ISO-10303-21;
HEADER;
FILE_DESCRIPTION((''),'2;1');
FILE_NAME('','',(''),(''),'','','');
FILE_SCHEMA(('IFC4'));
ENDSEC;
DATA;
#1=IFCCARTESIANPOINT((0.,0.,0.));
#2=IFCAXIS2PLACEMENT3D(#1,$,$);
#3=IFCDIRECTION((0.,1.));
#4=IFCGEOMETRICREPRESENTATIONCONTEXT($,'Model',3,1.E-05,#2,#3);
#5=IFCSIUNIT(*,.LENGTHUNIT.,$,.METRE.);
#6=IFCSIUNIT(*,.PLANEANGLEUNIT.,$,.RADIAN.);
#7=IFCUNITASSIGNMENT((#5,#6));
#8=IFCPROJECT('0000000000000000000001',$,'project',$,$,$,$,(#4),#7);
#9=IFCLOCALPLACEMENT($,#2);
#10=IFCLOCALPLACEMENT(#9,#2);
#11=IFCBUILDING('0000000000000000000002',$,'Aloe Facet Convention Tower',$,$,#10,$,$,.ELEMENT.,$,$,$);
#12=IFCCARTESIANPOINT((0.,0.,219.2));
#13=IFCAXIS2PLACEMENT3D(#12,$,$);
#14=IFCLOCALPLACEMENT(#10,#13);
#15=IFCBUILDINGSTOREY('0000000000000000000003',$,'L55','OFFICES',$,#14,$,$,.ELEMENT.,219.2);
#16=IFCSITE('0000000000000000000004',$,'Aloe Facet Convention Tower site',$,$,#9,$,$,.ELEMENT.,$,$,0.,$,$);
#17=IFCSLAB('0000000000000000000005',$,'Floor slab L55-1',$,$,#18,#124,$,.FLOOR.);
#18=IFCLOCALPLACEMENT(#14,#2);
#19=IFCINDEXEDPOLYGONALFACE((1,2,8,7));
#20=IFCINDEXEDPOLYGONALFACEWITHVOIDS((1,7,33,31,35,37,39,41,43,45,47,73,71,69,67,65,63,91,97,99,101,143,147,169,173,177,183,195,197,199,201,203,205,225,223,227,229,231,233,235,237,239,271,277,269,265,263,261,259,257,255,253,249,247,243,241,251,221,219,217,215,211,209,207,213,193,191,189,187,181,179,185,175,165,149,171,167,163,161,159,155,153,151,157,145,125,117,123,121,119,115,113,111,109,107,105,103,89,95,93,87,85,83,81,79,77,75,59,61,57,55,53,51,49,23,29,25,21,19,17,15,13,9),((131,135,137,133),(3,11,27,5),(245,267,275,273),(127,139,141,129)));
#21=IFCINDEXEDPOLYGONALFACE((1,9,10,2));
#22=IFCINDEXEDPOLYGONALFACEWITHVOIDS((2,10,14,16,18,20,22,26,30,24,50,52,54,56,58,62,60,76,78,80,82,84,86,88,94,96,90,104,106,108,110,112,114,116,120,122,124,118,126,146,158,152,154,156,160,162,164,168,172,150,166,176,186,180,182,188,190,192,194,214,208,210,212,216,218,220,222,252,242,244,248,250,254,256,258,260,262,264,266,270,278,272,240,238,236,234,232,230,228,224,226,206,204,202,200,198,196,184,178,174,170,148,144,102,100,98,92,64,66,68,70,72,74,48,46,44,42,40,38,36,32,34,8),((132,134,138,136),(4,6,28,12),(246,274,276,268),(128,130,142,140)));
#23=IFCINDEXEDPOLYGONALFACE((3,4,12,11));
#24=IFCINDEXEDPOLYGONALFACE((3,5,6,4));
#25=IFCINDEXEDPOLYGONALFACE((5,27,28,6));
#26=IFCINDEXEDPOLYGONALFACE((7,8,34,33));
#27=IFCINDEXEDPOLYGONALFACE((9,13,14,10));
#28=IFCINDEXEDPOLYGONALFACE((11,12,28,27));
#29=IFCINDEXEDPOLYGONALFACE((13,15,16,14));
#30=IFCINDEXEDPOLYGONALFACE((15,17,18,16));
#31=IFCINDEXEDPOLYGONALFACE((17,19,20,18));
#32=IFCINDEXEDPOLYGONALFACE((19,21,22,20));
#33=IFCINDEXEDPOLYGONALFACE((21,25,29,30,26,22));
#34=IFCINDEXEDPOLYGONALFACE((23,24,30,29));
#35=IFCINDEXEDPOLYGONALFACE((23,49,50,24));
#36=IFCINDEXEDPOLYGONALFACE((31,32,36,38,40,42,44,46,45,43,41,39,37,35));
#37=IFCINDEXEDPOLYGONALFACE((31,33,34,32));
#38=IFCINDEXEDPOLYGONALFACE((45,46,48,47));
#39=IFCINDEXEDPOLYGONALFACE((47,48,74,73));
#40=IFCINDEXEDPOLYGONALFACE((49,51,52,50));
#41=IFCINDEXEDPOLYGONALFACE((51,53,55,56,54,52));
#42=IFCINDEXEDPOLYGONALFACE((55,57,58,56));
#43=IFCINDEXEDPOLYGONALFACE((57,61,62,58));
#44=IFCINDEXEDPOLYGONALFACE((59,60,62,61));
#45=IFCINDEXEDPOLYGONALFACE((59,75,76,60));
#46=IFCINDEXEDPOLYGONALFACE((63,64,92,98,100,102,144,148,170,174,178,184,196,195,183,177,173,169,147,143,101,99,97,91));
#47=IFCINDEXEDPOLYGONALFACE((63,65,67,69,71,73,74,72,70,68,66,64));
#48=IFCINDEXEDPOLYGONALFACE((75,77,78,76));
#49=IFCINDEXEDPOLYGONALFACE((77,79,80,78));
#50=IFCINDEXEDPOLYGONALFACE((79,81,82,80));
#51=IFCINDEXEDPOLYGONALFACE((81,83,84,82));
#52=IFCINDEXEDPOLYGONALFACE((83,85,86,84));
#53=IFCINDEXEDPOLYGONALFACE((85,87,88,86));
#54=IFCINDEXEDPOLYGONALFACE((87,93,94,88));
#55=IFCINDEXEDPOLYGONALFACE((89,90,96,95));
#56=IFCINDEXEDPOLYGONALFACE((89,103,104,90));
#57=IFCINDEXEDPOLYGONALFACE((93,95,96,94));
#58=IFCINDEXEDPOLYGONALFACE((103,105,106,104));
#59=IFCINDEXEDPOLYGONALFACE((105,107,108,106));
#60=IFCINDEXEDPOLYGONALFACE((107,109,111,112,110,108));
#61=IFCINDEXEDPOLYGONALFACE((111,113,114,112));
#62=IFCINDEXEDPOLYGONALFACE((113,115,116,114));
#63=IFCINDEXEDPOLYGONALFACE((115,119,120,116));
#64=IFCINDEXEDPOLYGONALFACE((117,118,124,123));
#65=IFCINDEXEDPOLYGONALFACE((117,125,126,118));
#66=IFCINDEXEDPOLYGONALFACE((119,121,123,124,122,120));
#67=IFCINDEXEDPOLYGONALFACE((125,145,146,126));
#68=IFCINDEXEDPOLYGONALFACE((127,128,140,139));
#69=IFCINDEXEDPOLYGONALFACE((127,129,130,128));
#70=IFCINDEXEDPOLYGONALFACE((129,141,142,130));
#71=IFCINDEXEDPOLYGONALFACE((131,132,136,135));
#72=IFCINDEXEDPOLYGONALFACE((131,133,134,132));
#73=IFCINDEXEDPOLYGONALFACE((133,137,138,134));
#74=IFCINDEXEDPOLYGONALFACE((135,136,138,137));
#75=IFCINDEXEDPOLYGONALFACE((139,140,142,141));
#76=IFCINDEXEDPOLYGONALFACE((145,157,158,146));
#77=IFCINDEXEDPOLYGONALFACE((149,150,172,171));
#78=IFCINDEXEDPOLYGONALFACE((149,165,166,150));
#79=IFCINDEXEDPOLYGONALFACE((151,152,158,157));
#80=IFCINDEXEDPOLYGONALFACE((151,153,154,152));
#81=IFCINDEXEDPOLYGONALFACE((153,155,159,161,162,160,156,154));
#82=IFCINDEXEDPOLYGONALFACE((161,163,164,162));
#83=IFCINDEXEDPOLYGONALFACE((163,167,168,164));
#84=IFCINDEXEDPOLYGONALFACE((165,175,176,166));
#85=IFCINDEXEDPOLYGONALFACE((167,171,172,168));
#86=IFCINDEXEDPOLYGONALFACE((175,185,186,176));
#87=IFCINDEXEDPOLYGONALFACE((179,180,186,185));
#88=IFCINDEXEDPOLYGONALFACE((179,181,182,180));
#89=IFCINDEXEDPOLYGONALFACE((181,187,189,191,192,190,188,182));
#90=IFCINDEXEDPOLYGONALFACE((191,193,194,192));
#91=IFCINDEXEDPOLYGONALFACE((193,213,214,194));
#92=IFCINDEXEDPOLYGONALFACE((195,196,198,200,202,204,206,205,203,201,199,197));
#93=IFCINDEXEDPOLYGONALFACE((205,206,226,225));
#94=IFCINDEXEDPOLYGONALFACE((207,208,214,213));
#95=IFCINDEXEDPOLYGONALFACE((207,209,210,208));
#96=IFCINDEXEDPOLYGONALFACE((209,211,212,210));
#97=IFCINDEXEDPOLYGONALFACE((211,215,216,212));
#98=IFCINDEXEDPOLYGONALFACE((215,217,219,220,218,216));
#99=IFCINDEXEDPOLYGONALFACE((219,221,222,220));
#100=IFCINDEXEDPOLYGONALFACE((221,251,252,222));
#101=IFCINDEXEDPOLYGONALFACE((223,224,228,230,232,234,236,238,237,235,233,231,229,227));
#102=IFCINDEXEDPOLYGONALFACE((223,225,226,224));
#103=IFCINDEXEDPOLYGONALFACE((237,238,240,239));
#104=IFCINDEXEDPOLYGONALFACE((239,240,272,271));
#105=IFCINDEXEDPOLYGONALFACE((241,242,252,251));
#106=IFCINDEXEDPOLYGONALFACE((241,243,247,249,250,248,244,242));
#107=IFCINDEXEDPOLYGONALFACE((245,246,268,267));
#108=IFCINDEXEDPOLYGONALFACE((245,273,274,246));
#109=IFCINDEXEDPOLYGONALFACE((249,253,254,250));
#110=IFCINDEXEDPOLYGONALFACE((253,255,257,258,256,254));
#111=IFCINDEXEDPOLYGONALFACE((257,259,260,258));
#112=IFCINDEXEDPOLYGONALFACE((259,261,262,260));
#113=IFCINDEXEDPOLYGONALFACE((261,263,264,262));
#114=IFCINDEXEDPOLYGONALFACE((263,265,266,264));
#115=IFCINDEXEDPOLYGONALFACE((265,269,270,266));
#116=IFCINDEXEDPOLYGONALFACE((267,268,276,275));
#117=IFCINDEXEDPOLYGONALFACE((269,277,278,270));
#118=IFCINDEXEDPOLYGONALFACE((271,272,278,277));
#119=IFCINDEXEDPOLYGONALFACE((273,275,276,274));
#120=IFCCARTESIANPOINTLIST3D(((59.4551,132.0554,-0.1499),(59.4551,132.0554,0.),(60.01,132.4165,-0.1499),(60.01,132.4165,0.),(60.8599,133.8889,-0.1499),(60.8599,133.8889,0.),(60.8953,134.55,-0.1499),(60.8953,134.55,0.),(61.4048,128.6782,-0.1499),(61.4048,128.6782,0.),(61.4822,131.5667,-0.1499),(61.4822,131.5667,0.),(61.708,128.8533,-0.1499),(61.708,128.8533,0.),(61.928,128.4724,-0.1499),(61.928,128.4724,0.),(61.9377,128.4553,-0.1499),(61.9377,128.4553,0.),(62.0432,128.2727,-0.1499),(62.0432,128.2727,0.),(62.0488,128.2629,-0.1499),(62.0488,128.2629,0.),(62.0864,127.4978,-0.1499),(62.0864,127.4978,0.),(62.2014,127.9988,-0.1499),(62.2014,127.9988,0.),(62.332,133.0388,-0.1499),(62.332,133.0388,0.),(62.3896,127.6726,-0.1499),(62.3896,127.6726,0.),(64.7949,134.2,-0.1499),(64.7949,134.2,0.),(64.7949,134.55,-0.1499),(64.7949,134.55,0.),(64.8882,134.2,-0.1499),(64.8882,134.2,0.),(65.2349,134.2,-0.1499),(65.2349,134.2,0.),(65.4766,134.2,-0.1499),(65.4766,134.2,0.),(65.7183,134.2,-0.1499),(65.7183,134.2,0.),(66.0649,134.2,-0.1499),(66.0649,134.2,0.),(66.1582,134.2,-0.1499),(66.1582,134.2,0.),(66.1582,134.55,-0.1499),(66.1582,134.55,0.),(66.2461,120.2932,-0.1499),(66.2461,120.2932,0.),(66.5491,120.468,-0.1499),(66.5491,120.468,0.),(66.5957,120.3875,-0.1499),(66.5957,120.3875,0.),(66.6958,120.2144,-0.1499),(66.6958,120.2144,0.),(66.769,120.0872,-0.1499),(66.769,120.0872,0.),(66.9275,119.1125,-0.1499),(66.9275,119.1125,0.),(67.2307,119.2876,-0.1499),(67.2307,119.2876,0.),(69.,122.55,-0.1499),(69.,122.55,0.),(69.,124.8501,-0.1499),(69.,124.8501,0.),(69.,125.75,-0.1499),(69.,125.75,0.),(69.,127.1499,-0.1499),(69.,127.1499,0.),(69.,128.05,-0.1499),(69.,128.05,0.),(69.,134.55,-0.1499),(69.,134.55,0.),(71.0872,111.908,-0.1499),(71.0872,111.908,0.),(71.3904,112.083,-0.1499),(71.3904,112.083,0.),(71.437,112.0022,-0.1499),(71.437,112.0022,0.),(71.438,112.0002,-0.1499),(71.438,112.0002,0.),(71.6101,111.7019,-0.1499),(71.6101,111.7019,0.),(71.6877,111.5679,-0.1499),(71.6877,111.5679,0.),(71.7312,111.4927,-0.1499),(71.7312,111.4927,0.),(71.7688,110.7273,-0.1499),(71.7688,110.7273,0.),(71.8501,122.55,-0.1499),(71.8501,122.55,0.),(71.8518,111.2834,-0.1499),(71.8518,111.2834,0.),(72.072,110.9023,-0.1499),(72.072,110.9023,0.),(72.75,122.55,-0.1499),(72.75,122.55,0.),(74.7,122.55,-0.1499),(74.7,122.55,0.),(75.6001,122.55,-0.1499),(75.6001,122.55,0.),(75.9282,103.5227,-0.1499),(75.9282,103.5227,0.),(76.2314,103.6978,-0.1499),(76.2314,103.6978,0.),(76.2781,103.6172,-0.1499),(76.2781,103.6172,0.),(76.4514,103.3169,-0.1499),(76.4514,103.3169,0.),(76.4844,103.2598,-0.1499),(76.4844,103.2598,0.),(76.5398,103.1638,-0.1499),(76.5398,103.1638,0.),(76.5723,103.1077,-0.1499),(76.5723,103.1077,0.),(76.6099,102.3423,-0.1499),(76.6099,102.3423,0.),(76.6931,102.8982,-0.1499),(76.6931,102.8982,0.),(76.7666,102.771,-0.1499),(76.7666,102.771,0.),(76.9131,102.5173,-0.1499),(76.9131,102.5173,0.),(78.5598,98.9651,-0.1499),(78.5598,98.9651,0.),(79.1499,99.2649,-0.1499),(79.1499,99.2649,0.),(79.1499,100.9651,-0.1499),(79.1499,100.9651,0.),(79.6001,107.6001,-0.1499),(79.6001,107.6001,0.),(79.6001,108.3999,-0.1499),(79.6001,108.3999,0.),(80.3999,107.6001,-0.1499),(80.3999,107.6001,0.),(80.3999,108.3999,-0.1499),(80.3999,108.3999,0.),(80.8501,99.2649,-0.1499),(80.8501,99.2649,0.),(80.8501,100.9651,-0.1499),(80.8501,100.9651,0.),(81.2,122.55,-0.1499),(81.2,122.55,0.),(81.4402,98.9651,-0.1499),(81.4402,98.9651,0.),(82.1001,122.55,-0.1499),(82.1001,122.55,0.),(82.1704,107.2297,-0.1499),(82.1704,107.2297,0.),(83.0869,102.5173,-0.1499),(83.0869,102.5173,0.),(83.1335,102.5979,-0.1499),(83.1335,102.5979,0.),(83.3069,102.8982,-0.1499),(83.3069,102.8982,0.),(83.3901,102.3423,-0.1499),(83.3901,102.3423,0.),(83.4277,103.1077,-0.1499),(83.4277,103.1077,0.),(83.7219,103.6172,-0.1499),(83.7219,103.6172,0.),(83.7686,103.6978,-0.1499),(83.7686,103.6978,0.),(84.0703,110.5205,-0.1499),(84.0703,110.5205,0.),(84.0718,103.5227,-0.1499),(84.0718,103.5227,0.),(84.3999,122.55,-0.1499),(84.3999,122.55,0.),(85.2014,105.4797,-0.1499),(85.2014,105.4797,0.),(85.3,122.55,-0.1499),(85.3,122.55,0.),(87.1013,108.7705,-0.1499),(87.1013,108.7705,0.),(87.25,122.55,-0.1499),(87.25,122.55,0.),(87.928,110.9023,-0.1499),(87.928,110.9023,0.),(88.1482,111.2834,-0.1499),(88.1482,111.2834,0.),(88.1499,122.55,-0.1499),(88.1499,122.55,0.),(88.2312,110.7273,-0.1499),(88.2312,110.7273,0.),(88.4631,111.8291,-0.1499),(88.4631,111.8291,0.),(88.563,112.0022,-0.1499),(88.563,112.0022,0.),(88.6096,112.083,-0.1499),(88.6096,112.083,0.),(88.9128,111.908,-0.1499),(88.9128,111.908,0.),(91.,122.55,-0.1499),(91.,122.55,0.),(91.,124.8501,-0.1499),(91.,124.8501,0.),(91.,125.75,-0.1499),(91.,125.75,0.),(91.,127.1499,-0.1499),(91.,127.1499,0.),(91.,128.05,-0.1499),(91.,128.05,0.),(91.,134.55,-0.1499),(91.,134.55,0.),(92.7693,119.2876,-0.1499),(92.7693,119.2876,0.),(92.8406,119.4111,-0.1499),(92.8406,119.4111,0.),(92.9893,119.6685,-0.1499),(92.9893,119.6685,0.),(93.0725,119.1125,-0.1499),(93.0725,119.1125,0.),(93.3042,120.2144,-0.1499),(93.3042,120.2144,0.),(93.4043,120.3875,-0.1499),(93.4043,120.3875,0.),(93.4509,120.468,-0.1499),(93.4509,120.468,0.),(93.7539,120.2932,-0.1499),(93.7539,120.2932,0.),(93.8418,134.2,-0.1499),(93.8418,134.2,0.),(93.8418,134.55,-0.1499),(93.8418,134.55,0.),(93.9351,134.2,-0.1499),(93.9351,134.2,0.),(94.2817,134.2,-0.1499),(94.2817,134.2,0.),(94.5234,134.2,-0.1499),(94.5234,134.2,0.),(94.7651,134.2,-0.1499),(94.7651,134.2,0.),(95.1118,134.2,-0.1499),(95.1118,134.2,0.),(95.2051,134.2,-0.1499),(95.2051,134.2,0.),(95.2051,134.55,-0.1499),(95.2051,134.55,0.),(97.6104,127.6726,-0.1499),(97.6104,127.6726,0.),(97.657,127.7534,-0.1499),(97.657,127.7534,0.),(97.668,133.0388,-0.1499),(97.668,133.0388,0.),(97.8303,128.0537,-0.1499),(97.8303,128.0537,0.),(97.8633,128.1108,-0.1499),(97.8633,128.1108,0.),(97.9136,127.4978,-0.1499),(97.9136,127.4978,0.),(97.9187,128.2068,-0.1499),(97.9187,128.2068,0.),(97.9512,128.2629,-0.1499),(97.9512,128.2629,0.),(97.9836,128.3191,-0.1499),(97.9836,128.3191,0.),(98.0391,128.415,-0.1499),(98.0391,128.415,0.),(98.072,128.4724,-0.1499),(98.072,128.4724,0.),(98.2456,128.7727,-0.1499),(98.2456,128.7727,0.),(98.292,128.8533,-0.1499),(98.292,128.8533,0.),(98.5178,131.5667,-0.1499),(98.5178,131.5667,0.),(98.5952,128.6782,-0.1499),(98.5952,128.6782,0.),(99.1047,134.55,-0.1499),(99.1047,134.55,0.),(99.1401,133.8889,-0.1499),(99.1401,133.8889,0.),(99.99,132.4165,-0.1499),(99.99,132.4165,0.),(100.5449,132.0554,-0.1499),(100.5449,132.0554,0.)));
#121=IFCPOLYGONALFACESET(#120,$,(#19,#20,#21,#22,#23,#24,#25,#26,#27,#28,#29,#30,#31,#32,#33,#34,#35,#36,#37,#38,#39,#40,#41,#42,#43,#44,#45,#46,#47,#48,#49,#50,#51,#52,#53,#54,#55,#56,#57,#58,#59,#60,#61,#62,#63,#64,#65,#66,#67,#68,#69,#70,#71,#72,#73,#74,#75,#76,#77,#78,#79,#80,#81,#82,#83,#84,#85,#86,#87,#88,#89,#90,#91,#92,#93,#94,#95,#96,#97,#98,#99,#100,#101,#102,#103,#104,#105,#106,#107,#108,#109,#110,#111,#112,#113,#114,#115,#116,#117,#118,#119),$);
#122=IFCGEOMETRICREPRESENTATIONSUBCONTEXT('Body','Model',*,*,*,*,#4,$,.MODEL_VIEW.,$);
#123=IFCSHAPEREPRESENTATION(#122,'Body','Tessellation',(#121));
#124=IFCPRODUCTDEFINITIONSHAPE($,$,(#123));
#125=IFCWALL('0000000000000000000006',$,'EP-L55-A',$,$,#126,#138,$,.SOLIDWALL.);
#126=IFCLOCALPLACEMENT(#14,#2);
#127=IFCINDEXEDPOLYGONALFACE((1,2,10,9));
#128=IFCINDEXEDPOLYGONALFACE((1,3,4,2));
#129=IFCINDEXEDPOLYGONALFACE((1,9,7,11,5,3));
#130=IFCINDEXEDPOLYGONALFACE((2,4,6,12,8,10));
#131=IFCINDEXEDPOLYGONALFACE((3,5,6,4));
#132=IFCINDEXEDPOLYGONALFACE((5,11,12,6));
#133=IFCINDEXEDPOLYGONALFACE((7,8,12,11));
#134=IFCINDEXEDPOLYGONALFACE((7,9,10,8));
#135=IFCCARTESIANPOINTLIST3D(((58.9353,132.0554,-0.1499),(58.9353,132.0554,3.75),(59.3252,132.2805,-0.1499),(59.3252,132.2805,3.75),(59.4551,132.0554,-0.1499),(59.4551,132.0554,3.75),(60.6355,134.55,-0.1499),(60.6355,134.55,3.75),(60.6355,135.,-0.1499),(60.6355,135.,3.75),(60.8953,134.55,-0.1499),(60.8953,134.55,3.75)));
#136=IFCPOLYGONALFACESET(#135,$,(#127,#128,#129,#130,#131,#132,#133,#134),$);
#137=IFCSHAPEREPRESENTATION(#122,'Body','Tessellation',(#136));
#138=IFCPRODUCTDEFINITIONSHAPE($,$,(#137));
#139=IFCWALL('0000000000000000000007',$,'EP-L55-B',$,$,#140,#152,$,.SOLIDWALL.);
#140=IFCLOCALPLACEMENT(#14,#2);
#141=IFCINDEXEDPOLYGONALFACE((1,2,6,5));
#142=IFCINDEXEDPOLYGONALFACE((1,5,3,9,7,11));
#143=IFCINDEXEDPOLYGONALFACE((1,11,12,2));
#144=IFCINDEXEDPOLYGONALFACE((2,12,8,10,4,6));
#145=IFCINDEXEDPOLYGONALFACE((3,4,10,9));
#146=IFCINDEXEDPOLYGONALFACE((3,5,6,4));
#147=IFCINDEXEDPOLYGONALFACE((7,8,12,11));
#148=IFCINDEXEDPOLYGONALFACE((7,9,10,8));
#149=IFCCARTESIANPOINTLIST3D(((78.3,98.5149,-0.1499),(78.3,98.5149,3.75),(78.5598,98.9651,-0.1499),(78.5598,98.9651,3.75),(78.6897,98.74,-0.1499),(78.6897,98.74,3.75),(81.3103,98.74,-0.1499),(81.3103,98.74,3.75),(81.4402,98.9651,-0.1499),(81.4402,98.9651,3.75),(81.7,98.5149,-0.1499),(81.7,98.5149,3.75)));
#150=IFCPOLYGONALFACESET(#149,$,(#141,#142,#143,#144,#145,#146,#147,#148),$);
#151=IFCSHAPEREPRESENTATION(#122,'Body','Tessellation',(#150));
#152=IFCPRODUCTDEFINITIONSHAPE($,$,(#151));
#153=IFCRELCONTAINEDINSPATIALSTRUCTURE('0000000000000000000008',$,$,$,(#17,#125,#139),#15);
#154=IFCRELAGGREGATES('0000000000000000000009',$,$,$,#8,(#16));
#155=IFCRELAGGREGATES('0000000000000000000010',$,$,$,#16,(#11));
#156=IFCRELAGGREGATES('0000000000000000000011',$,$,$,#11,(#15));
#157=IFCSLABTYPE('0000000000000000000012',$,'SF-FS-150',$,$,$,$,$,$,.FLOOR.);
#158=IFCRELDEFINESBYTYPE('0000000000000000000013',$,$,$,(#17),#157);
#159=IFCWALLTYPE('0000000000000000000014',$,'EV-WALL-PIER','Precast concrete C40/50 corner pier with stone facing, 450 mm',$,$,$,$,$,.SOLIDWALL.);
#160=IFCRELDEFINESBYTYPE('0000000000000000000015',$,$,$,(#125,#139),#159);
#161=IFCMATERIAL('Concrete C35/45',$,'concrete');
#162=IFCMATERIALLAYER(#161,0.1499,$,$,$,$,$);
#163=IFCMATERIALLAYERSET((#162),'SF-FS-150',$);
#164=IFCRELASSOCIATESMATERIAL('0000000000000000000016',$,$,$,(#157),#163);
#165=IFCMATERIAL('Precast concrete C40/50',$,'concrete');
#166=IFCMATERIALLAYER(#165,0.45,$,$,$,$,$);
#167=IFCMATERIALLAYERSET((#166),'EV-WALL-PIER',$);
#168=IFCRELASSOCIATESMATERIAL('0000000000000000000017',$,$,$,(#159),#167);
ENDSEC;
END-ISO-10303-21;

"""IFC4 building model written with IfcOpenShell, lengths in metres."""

from ifc_helpers import new_model, si_unit, direction, frame, origin, place, context, subcontext, project, spatial, polyline, outline, extrude, material, layer, layer_set, type_object, element, save


model = new_model("IFC4")

# Units and contexts
model_context = context("Model", 3, precision=1e-05, world=origin(), true_north=direction((0.0, 1.0)))
body_context = subcontext(model_context, "Body", "Model", "MODEL_VIEW")
ifc_project = project(units=[si_unit("LENGTHUNIT", "METRE"), si_unit("PLANEANGLEUNIT", "RADIAN")], contexts=[model_context])

# Site, building, storey
site_placement = place(None, origin())
site = spatial("IfcSite", under=ifc_project, at=site_placement, Name="Aloe Facet Convention Tower site", CompositionType="ELEMENT", RefElevation=0.0)
building_placement = place(site_placement, origin())
building = spatial("IfcBuilding", under=site, at=building_placement, Name="Aloe Facet Convention Tower", CompositionType="ELEMENT")
storey_placement = place(building_placement, frame((0.0, 0.0, 219.2)))
storey = spatial("IfcBuildingStorey", under=building, at=storey_placement, Name="L55", Description="OFFICES", CompositionType="ELEMENT", Elevation=219.2)

# Slab
ifc_material_1 = material(Name="Concrete C35/45", Category="concrete")
ifc_layer_1 = layer(ifc_material_1, 0.1499)
ifc_layer_set_1 = layer_set([ifc_layer_1], Name="SF-FS-150")
slab_type_1 = type_object("IfcSlabType", Name="SF-FS-150", PredefinedType="FLOOR", material=ifc_layer_set_1)
slab_1_placement = place(storey_placement, frame((0.0, 0.0, -0.1499)))
element("IfcSlab", 1, at=slab_1_placement, inside=storey, type_object=slab_type_1, Name="Floor slab L55-1", PredefinedType="FLOOR", context=body_context, shape_type="SweptSolid", body=[
    extrude(outline(polyline([(78.5598, 98.9651), (76.6099, 102.3423), (76.9131, 102.5173), (76.7666, 102.771), (76.6931, 102.8982), (76.5723, 103.1077), (76.5398, 103.1638), (76.4844, 103.2598), (76.4514, 103.3169), (76.2781, 103.6172), (76.2314, 103.6978), (75.9282, 103.5227), (71.7688, 110.7273), (72.072, 110.9023), (71.8518, 111.2834), (71.7312, 111.4927), (71.6877, 111.5679), (71.6101, 111.7019), (71.438, 112.0002), (71.437, 112.0022), (71.3904, 112.083), (71.0872, 111.908), (66.9275, 119.1125), (67.2307, 119.2876), (66.769, 120.0872), (66.6958, 120.2144), (66.5957, 120.3875), (66.5491, 120.468), (66.2461, 120.2932), (62.0864, 127.4978), (62.3896, 127.6726), (62.2014, 127.9988), (62.0488, 128.2629), (62.0432, 128.2727), (61.9377, 128.4553), (61.928, 128.4724), (61.708, 128.8533), (61.4048, 128.6782), (59.4551, 132.0554), (60.8953, 134.55), (64.7949, 134.55), (64.7949, 134.2), (64.8882, 134.2), (65.2349, 134.2), (65.4766, 134.2), (65.7183, 134.2), (66.0649, 134.2), (66.1582, 134.2), (66.1582, 134.55), (69.0, 134.55), (69.0, 128.05), (69.0, 127.1499), (69.0, 125.75), (69.0, 124.8501), (69.0, 122.55), (71.8501, 122.55), (72.75, 122.55), (74.7, 122.55), (75.6001, 122.55), (81.2, 122.55), (82.1001, 122.55), (84.3999, 122.55), (85.3, 122.55), (87.25, 122.55), (88.1499, 122.55), (91.0, 122.55), (91.0, 124.8501), (91.0, 125.75), (91.0, 127.1499), (91.0, 128.05), (91.0, 134.55), (93.8418, 134.55), (93.8418, 134.2), (93.9351, 134.2), (94.2817, 134.2), (94.5234, 134.2), (94.7651, 134.2), (95.1118, 134.2), (95.2051, 134.2), (95.2051, 134.55), (99.1047, 134.55), (100.5449, 132.0554), (98.5952, 128.6782), (98.292, 128.8533), (98.2456, 128.7727), (98.072, 128.4724), (98.0391, 128.415), (97.9836, 128.3191), (97.9512, 128.2629), (97.9187, 128.2068), (97.8633, 128.1108), (97.8303, 128.0537), (97.657, 127.7534), (97.6104, 127.6726), (97.9136, 127.4978), (93.7539, 120.2932), (93.4509, 120.468), (93.4043, 120.3875), (93.3042, 120.2144), (92.9893, 119.6685), (92.8406, 119.4111), (92.7693, 119.2876), (93.0725, 119.1125), (88.9128, 111.908), (88.6096, 112.083), (88.563, 112.0022), (88.4631, 111.8291), (88.1482, 111.2834), (87.928, 110.9023), (88.2312, 110.7273), (87.1013, 108.7705), (84.0703, 110.5205), (82.1704, 107.2297), (85.2014, 105.4797), (84.0718, 103.5227), (83.7686, 103.6978), (83.7219, 103.6172), (83.7219, 103.6172), (83.4277, 103.1077), (83.3069, 102.8982), (83.1335, 102.5979), (83.0869, 102.5173), (83.3901, 102.3423), (81.4402, 98.9651), (78.5598, 98.9651)]), holes=[polyline([(62.332, 133.0388), (60.8599, 133.8889), (60.01, 132.4165), (61.4822, 131.5667), (62.332, 133.0388)]), polyline([(79.1499, 100.9651), (79.1499, 99.2649), (80.8501, 99.2649), (80.8501, 100.9651), (79.1499, 100.9651)]), polyline([(79.6001, 107.6001), (80.3999, 107.6001), (80.3999, 108.3999), (79.6001, 108.3999), (79.6001, 107.6001)]), polyline([(98.5178, 131.5667), (99.99, 132.4165), (99.1401, 133.8889), (97.668, 133.0388), (98.5178, 131.5667)])]), origin(), (0.0, 0.0, 1.0), 0.1499),
])

# Walls
ifc_material_2 = material(Name="Precast concrete C40/50", Category="concrete")
ifc_layer_2 = layer(ifc_material_2, 0.45)
ifc_layer_set_2 = layer_set([ifc_layer_2], Name="EV-WALL-PIER")
wall_type_1 = type_object("IfcWallType", Name="EV-WALL-PIER", Description="Precast concrete C40/50 corner pier with stone facing, 450 mm", PredefinedType="SOLIDWALL", material=ifc_layer_set_2)
wall_1_placement = place(storey_placement, frame((0.0, 0.0, -0.1499)))
element("IfcWall", 2, at=wall_1_placement, inside=storey, type_object=wall_type_1, Name="EP-L55-A", PredefinedType="SOLIDWALL", context=body_context, shape_type="SweptSolid", body=[
    extrude(outline(polyline([(60.6355, 135.0), (60.6355, 134.55), (60.8953, 134.55), (59.4551, 132.0554), (59.3252, 132.2805), (58.9353, 132.0554), (60.6355, 135.0)])), origin(), (0.0, 0.0, 1.0), 3.8999),
])
wall_2_placement = place(storey_placement, frame((0.0, 0.0, -0.1499)))
element("IfcWall", 3, at=wall_2_placement, inside=storey, type_object=wall_type_1, Name="EP-L55-B", PredefinedType="SOLIDWALL", context=body_context, shape_type="SweptSolid", body=[
    extrude(outline(polyline([(78.3, 98.5149), (78.6897, 98.74), (78.5598, 98.9651), (81.4402, 98.9651), (81.3103, 98.74), (81.7, 98.5149), (78.3, 98.5149)])), origin(), (0.0, 0.0, 1.0), 3.8999),
])

save(model, "model.ifc")
